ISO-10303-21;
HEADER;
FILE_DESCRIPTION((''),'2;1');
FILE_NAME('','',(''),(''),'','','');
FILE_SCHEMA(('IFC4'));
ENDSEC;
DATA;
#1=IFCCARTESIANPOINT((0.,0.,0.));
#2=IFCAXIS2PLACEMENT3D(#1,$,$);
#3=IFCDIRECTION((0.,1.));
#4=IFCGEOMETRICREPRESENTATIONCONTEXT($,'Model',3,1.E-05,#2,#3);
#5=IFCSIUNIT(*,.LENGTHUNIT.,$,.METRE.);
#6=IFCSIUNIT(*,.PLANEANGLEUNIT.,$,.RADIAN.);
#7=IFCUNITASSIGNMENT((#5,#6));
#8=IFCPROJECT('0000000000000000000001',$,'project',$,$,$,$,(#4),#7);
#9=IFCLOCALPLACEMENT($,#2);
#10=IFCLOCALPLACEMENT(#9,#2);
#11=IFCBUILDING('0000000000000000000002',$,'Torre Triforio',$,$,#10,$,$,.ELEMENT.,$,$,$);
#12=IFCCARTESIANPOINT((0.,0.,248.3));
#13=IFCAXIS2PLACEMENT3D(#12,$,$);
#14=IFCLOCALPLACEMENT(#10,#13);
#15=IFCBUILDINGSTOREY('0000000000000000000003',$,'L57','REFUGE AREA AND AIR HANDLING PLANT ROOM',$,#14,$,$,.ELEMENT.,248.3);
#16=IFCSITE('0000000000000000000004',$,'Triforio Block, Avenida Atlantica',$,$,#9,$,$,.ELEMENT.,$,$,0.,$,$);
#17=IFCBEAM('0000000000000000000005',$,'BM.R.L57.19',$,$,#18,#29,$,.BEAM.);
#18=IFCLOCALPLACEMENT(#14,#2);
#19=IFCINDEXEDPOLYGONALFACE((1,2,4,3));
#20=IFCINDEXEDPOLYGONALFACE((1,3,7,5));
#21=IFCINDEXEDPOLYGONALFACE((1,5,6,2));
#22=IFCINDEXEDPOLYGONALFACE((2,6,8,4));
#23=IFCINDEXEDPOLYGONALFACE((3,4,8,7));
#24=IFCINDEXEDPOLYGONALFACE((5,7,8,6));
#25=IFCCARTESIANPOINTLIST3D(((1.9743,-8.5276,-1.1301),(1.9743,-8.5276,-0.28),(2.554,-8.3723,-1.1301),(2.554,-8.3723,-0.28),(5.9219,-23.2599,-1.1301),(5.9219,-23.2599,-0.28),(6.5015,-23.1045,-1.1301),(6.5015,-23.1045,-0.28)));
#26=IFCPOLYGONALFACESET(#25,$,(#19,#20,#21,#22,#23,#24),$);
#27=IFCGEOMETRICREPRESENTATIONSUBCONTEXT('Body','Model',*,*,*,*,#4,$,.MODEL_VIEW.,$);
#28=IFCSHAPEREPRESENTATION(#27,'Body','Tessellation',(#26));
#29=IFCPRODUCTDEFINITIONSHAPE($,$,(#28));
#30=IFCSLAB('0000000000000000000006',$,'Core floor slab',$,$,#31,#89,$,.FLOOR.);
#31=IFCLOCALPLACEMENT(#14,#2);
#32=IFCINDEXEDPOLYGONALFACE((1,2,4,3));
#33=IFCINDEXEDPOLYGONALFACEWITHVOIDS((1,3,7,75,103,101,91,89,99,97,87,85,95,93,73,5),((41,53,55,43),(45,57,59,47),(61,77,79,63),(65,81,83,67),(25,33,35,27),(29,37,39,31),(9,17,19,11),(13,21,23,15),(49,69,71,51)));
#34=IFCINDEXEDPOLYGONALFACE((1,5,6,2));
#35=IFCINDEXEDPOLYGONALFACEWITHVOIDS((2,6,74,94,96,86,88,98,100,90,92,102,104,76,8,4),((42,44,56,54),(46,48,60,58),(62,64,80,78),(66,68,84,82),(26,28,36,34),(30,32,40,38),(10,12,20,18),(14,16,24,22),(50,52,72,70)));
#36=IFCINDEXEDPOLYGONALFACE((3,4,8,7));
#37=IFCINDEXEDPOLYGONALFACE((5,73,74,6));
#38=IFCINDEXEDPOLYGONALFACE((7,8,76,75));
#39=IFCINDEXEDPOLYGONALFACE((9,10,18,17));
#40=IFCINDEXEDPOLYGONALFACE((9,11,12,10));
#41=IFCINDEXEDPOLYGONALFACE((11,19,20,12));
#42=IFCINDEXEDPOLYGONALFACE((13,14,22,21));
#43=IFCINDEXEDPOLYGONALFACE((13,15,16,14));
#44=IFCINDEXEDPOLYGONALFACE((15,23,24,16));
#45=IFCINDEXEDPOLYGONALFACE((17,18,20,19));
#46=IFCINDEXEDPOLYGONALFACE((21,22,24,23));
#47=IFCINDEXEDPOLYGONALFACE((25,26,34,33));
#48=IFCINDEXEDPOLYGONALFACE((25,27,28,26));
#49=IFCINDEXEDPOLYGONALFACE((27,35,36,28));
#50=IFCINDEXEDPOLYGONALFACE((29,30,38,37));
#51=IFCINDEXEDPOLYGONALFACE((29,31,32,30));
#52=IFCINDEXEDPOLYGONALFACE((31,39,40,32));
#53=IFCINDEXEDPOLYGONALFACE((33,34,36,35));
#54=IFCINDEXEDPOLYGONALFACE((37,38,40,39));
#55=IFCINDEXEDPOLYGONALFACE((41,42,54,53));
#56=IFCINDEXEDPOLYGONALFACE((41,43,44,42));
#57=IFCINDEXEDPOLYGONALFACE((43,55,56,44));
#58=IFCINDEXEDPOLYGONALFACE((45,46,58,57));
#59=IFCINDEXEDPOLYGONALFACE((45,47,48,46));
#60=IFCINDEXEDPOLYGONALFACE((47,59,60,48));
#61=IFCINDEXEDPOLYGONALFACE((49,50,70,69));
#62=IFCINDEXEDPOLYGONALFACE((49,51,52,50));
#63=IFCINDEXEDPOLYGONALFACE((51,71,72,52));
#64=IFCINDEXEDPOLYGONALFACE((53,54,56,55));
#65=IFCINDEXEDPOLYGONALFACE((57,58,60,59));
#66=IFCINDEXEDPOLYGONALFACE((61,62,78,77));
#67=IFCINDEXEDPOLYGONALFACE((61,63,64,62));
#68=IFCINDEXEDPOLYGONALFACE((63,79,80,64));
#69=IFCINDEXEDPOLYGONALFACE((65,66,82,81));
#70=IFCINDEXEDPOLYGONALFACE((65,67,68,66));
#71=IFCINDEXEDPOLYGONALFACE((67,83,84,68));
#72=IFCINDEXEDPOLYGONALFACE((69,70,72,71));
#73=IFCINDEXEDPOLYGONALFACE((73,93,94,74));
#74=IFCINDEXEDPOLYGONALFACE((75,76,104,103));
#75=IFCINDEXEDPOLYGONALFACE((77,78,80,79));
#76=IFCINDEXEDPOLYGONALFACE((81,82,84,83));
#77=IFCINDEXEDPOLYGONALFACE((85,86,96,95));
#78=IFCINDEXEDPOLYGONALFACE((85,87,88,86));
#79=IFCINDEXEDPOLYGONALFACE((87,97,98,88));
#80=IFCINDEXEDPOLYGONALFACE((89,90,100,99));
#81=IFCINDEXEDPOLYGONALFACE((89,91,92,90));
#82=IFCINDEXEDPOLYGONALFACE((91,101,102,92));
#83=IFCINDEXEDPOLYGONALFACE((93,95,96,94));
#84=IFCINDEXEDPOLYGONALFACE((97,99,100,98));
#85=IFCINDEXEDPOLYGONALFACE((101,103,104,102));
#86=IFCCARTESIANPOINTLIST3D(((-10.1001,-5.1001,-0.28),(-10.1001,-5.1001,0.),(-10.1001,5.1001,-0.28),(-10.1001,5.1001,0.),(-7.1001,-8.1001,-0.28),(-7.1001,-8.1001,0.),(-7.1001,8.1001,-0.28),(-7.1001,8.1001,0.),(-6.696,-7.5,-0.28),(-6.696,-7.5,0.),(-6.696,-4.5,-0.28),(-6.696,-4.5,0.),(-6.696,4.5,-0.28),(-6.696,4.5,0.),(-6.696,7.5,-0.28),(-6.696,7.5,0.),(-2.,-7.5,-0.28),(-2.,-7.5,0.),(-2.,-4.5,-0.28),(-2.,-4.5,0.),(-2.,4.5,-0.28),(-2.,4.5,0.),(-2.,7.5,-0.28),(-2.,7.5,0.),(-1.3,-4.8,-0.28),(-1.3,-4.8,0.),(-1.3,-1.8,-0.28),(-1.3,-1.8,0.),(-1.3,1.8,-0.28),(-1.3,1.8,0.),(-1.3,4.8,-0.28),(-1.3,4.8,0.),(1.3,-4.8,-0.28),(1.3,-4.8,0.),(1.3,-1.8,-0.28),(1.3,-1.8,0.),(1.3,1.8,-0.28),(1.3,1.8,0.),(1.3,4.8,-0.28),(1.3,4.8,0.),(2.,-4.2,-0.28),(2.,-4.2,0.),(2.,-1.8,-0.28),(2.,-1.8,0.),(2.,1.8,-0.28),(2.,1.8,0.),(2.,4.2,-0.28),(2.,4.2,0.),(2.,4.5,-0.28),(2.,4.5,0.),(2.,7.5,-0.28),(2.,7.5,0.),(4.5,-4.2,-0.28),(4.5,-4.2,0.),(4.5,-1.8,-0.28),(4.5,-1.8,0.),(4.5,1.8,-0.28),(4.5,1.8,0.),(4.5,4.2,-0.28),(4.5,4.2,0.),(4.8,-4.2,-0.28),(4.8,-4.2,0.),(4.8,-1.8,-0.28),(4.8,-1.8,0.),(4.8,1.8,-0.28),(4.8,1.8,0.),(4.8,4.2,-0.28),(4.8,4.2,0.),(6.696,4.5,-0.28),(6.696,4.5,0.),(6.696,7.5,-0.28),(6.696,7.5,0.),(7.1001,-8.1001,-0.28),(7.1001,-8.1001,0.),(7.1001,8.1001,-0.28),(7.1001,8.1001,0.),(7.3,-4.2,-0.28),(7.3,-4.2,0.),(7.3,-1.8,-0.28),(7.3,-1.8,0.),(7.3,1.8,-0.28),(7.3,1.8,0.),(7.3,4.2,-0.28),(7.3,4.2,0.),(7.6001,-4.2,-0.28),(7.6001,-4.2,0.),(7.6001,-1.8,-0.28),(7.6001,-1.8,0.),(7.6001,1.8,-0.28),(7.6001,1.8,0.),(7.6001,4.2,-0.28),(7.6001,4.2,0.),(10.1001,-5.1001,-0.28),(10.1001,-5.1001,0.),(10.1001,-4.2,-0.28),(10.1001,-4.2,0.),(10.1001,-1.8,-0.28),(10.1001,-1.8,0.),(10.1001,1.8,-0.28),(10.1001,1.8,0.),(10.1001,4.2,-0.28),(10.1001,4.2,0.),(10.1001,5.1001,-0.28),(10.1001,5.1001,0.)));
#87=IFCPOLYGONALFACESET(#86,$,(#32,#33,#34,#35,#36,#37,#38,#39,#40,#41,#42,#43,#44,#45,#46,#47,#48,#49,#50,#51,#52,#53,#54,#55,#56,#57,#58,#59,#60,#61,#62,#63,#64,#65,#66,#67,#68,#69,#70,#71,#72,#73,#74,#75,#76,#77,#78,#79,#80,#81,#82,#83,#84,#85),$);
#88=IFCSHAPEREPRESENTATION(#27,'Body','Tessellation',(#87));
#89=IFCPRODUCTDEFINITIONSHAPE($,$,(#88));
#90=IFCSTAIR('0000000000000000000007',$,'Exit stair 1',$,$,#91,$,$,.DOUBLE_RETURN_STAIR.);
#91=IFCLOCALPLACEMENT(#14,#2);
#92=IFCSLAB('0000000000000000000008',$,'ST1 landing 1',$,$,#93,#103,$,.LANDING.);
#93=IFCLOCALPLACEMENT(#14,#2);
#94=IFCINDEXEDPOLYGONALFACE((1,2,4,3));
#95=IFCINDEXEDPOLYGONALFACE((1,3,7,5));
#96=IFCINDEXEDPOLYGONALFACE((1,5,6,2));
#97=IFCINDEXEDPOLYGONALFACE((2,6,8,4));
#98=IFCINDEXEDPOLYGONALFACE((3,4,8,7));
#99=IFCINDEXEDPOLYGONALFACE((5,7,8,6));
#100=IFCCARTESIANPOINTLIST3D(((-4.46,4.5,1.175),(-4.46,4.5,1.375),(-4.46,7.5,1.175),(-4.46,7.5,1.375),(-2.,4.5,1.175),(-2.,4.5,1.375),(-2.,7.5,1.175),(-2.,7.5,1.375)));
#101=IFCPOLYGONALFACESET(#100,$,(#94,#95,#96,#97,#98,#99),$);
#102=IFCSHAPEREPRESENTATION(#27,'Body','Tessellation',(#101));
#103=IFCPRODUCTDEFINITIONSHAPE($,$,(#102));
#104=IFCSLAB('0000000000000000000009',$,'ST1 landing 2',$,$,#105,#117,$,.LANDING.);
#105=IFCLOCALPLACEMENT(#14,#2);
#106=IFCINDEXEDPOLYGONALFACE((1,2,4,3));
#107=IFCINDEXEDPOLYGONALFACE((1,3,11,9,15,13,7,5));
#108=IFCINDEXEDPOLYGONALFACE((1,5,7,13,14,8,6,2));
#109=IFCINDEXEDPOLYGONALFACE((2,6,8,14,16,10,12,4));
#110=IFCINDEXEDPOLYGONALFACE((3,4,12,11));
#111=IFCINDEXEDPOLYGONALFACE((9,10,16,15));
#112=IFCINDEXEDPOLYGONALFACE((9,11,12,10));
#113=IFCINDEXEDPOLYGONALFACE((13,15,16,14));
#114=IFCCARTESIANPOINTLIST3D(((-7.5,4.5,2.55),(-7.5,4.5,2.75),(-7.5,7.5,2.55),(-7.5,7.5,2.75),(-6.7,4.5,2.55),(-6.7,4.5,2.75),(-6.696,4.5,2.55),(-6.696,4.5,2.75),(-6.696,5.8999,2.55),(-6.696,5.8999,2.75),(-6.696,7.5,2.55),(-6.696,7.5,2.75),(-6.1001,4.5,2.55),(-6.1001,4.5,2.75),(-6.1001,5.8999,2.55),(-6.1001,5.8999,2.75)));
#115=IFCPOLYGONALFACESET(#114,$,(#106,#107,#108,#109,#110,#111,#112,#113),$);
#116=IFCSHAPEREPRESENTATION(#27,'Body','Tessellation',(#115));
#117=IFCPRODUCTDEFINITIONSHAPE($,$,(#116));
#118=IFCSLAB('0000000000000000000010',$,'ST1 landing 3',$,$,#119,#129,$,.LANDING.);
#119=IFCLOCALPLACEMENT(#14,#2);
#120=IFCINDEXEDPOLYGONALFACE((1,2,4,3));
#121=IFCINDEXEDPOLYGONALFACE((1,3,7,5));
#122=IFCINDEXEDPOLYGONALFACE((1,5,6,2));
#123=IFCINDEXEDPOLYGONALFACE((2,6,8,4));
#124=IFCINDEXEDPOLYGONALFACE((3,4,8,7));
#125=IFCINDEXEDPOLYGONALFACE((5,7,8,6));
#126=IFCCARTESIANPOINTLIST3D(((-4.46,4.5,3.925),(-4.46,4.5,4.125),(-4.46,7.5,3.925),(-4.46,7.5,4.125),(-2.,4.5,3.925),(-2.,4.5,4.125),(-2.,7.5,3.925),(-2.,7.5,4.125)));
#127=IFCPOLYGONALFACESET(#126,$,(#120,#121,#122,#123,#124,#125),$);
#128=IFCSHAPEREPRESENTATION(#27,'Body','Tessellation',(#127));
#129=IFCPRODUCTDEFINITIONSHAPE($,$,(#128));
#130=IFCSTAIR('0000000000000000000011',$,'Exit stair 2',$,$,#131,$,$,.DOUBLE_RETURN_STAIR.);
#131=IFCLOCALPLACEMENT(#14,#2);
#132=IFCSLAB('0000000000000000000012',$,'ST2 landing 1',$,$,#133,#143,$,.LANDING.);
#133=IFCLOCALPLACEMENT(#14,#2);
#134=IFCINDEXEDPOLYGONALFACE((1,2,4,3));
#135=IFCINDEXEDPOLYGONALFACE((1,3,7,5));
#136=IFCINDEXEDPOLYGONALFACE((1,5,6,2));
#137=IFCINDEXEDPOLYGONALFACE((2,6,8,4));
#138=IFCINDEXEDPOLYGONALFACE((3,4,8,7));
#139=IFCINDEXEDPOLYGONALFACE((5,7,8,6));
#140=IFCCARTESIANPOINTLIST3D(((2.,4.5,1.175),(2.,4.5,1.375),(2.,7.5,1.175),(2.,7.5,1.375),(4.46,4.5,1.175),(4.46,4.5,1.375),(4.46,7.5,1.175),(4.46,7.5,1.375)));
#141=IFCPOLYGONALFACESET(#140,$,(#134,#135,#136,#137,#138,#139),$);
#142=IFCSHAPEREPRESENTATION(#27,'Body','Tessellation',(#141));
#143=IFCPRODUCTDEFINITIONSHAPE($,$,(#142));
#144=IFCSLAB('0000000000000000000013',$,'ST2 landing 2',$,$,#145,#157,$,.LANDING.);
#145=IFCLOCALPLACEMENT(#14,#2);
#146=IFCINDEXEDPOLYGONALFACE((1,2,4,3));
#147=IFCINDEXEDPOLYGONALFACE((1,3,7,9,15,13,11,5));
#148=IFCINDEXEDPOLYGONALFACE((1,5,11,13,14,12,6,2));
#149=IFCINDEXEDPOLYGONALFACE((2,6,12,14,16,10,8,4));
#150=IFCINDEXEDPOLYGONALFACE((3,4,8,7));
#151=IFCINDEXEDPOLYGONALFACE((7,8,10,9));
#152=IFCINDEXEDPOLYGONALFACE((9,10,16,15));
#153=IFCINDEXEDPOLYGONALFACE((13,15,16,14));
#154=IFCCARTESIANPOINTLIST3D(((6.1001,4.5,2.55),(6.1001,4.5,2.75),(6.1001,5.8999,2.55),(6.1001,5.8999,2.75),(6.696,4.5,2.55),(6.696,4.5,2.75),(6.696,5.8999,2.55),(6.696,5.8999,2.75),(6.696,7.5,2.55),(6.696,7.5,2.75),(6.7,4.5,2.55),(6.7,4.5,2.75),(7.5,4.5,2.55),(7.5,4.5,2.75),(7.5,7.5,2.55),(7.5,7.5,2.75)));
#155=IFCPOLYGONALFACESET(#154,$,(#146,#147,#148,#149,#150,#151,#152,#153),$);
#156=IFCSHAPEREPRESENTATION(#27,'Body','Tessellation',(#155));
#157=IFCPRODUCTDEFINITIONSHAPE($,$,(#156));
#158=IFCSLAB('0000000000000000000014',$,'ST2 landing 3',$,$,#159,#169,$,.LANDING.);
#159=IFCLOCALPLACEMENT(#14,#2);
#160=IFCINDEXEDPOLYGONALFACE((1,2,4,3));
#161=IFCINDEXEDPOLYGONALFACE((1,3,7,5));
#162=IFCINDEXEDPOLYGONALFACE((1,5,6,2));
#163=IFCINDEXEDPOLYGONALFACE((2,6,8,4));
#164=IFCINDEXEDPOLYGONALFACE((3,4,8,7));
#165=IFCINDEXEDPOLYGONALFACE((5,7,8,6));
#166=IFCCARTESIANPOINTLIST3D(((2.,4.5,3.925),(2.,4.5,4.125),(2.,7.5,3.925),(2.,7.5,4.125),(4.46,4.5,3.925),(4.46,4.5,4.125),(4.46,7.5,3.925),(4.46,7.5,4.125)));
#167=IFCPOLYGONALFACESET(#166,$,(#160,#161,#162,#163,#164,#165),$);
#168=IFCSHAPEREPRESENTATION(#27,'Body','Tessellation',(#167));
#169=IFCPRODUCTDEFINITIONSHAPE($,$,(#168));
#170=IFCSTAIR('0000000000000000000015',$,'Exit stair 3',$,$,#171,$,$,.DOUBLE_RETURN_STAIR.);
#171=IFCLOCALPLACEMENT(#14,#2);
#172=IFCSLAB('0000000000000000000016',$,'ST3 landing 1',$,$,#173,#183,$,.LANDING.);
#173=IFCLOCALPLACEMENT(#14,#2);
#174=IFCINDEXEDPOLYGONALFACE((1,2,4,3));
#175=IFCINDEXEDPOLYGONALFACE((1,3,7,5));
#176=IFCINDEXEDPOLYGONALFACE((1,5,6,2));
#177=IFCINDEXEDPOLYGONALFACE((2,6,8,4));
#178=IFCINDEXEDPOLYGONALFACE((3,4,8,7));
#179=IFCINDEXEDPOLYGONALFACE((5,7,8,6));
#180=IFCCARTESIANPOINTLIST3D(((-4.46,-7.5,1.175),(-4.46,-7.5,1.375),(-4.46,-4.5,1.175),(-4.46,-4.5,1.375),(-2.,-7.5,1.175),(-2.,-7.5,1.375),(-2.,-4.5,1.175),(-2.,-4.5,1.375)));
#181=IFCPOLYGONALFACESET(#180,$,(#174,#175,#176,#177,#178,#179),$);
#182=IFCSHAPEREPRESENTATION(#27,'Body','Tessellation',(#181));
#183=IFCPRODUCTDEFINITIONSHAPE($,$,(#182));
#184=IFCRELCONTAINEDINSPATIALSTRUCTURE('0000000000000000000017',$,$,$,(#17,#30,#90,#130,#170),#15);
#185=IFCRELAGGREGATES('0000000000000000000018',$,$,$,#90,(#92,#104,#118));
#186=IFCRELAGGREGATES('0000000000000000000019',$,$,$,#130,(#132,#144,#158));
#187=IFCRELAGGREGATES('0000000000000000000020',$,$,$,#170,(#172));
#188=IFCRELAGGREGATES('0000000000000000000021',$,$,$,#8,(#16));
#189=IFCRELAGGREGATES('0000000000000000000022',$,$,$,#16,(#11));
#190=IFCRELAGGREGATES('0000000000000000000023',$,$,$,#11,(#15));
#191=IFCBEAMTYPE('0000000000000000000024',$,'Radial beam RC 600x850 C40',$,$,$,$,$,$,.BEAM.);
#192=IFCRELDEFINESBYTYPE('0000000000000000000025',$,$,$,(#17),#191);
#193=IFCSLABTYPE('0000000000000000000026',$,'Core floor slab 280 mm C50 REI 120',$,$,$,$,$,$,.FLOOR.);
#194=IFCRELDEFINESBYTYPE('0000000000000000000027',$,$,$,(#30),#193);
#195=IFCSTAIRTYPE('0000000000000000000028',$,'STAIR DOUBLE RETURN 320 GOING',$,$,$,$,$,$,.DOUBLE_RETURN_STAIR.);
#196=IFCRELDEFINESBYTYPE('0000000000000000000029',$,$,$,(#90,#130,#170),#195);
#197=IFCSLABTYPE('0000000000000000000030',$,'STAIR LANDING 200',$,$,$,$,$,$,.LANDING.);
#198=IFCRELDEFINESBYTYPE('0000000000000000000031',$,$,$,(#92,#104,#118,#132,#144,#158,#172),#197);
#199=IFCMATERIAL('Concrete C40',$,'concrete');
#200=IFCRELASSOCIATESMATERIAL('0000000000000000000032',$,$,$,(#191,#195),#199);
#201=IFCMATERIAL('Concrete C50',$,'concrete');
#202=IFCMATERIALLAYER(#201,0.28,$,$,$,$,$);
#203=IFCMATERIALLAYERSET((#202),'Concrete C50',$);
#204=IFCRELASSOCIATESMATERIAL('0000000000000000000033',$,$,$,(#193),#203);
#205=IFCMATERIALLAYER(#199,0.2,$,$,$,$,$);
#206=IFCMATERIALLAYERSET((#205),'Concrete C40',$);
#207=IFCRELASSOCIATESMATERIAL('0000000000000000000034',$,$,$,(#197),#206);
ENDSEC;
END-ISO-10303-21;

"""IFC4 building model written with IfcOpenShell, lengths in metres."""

from ifc_helpers import new_model, si_unit, direction, frame, origin, origin_2d, place, context, subcontext, project, spatial, polyline, rectangle, outline, extrude, material, layer, layer_set, material_profile, profile_set, type_object, element, aggregate, save


model = new_model("IFC4")

# Units and contexts
model_context = context("Model", 3, precision=1e-05, world=origin(), true_north=direction((0.0, 1.0)))
body_context = subcontext(model_context, "Body", "Model", "MODEL_VIEW")
ifc_project = project(units=[si_unit("LENGTHUNIT", "METRE"), si_unit("PLANEANGLEUNIT", "RADIAN")], contexts=[model_context])

# Site, building, storey
site_placement = place(None, origin())
site = spatial("IfcSite", under=ifc_project, at=site_placement, Name="Triforio Block, Avenida Atlantica", CompositionType="ELEMENT", RefElevation=0.0)
building_placement = place(site_placement, origin())
building = spatial("IfcBuilding", under=site, at=building_placement, Name="Torre Triforio", CompositionType="ELEMENT")
storey_placement = place(building_placement, frame((0.0, 0.0, 248.3)))
storey = spatial("IfcBuildingStorey", under=building, at=storey_placement, Name="L57", Description="REFUGE AREA AND AIR HANDLING PLANT ROOM", CompositionType="ELEMENT", Elevation=248.3)

# Beam
ifc_material_1 = material(Name="Concrete C40", Category="concrete")
ifc_material_profile = material_profile(ifc_material_1, rectangle(XDim=0.6001, YDim=0.8501, at=origin_2d()), Name="RC 600x850")
ifc_profile_set = profile_set([ifc_material_profile], Name="Concrete C40")
beam_type = type_object("IfcBeamType", Name="Radial beam RC 600x850 C40", PredefinedType="BEAM", material=ifc_profile_set)
beam_placement = place(storey_placement, frame((2.2642, -8.45, -0.7051), z_axis=(0.258821, -0.965925, 0.0), x_axis=(0.965925, 0.258821, 0.0)))
element("IfcBeam", 1, at=beam_placement, inside=storey, type_object=beam_type, Name="BM.R.L57.19", PredefinedType="BEAM", context=body_context, shape_type="SweptSolid", body=[
    extrude(rectangle(XDim=0.6001, YDim=0.8501, at=origin_2d()), origin(), (0.0, 0.0, 1.0), 15.252),
])

# Slab
ifc_material_2 = material(Name="Concrete C50", Category="concrete")
ifc_layer_1 = layer(ifc_material_2, 0.28)
ifc_layer_set_1 = layer_set([ifc_layer_1], Name="Concrete C50")
slab_type_1 = type_object("IfcSlabType", Name="Core floor slab 280 mm C50 REI 120", PredefinedType="FLOOR", material=ifc_layer_set_1)
slab_1_placement = place(storey_placement, frame((0.0, 0.0, -0.28)))
element("IfcSlab", 2, at=slab_1_placement, inside=storey, type_object=slab_type_1, Name="Core floor slab", PredefinedType="FLOOR", context=body_context, shape_type="SweptSolid", body=[
    extrude(outline(polyline([(10.1001, -5.1001), (7.1001, -8.1001), (-7.1001, -8.1001), (-10.1001, -5.1001), (-10.1001, 5.1001), (-7.1001, 8.1001), (7.1001, 8.1001), (10.1001, 5.1001), (10.1001, 4.2), (7.6001, 4.2), (7.6001, 1.8), (10.1001, 1.8), (10.1001, -1.8), (7.6001, -1.8), (7.6001, -4.2), (10.1001, -4.2), (10.1001, -5.1001)]), holes=[polyline([(-6.696, -4.5), (-6.696, -7.5), (-2.0, -7.5), (-2.0, -4.5), (-6.696, -4.5)]), polyline([(-1.3, -1.8), (-1.3, -4.8), (1.3, -4.8), (1.3, -1.8), (-1.3, -1.8)]), polyline([(2.0, -1.8), (2.0, -4.2), (4.5, -4.2), (4.5, -1.8), (2.0, -1.8)]), polyline([(4.5, 4.2), (2.0, 4.2), (2.0, 1.8), (4.5, 1.8), (4.5, 4.2)]), polyline([(1.3, 4.8), (-1.3, 4.8), (-1.3, 1.8), (1.3, 1.8), (1.3, 4.8)]), polyline([(-6.696, 7.5), (-6.696, 4.5), (-2.0, 4.5), (-2.0, 7.5), (-6.696, 7.5)]), polyline([(7.3, -1.8), (4.8, -1.8), (4.8, -4.2), (7.3, -4.2), (7.3, -1.8)]), polyline([(4.8, 4.2), (4.8, 1.8), (7.3, 1.8), (7.3, 4.2), (4.8, 4.2)]), polyline([(6.696, 7.5), (2.0, 7.5), (2.0, 4.5), (6.696, 4.5), (6.696, 7.5)])]), origin(), (0.0, 0.0, 1.0), 0.28),
])

# Stairs, slabs
stair_type = type_object("IfcStairType", Name="STAIR DOUBLE RETURN 320 GOING", PredefinedType="DOUBLE_RETURN_STAIR", material=ifc_material_1)
stair_1_placement = place(storey_placement, origin())
stair_1 = element("IfcStair", 3, at=stair_1_placement, inside=storey, type_object=stair_type, Name="Exit stair 1", PredefinedType="DOUBLE_RETURN_STAIR")
ifc_layer_2 = layer(ifc_material_1, 0.2)
ifc_layer_set_2 = layer_set([ifc_layer_2], Name="Concrete C40")
slab_type_2 = type_object("IfcSlabType", Name="STAIR LANDING 200", PredefinedType="LANDING", material=ifc_layer_set_2)
slab_2_placement = place(storey_placement, frame((0.0, 0.0, 1.175)))
slab_2 = element("IfcSlab", 4, at=slab_2_placement, type_object=slab_type_2, Name="ST1 landing 1", PredefinedType="LANDING", context=body_context, shape_type="SweptSolid", body=[
    extrude(outline(polyline([(-2.0, 4.5), (-2.0, 7.5), (-4.46, 7.5), (-4.46, 4.5), (-2.0, 4.5)])), origin(), (0.0, 0.0, 1.0), 0.2),
])
slab_3_placement = place(storey_placement, frame((0.0, 0.0, 2.55)))
slab_3 = element("IfcSlab", 5, at=slab_3_placement, type_object=slab_type_2, Name="ST1 landing 2", PredefinedType="LANDING", context=body_context, shape_type="SweptSolid", body=[
    extrude(outline(polyline([(-6.1001, 5.8999), (-6.1001, 4.5), (-6.696, 4.5), (-6.7, 4.5), (-7.5, 4.5), (-7.5, 7.5), (-6.696, 7.5), (-6.696, 5.8999), (-6.1001, 5.8999)])), origin(), (0.0, 0.0, 1.0), 0.2),
])
slab_4_placement = place(storey_placement, frame((0.0, 0.0, 3.925)))
slab_4 = element("IfcSlab", 6, at=slab_4_placement, type_object=slab_type_2, Name="ST1 landing 3", PredefinedType="LANDING", context=body_context, shape_type="SweptSolid", body=[
    extrude(outline(polyline([(-2.0, 4.5), (-2.0, 7.5), (-4.46, 7.5), (-4.46, 4.5), (-2.0, 4.5)])), origin(), (0.0, 0.0, 1.0), 0.2),
])
aggregate(stair_1, [slab_2, slab_3, slab_4])
stair_2_placement = place(storey_placement, origin())
stair_2 = element("IfcStair", 7, at=stair_2_placement, inside=storey, type_object=stair_type, Name="Exit stair 2", PredefinedType="DOUBLE_RETURN_STAIR")
slab_5_placement = place(storey_placement, frame((0.0, 0.0, 1.175)))
slab_5 = element("IfcSlab", 8, at=slab_5_placement, type_object=slab_type_2, Name="ST2 landing 1", PredefinedType="LANDING", context=body_context, shape_type="SweptSolid", body=[
    extrude(outline(polyline([(4.46, 4.5), (4.46, 7.5), (2.0, 7.5), (2.0, 4.5), (4.46, 4.5)])), origin(), (0.0, 0.0, 1.0), 0.2),
])
slab_6_placement = place(storey_placement, frame((0.0, 0.0, 2.55)))
slab_6 = element("IfcSlab", 9, at=slab_6_placement, type_object=slab_type_2, Name="ST2 landing 2", PredefinedType="LANDING", context=body_context, shape_type="SweptSolid", body=[
    extrude(outline(polyline([(6.1001, 4.5), (6.1001, 5.8999), (6.696, 5.8999), (6.696, 7.5), (7.5, 7.5), (7.5, 4.5), (6.7, 4.5), (6.696, 4.5), (6.1001, 4.5)])), origin(), (0.0, 0.0, 1.0), 0.2),
])
slab_7_placement = place(storey_placement, frame((0.0, 0.0, 3.925)))
slab_7 = element("IfcSlab", 10, at=slab_7_placement, type_object=slab_type_2, Name="ST2 landing 3", PredefinedType="LANDING", context=body_context, shape_type="SweptSolid", body=[
    extrude(outline(polyline([(4.46, 4.5), (4.46, 7.5), (2.0, 7.5), (2.0, 4.5), (4.46, 4.5)])), origin(), (0.0, 0.0, 1.0), 0.2),
])
aggregate(stair_2, [slab_5, slab_6, slab_7])
stair_3_placement = place(storey_placement, origin())
stair_3 = element("IfcStair", 11, at=stair_3_placement, inside=storey, type_object=stair_type, Name="Exit stair 3", PredefinedType="DOUBLE_RETURN_STAIR")
slab_8_placement = place(storey_placement, frame((0.0, 0.0, 1.175)))
slab_8 = element("IfcSlab", 12, at=slab_8_placement, type_object=slab_type_2, Name="ST3 landing 1", PredefinedType="LANDING", context=body_context, shape_type="SweptSolid", body=[
    extrude(outline(polyline([(-2.0, -7.5), (-2.0, -4.5), (-4.46, -4.5), (-4.46, -7.5), (-2.0, -7.5)])), origin(), (0.0, 0.0, 1.0), 0.2),
])
aggregate(stair_3, [slab_8])

save(model, "model.ifc")
